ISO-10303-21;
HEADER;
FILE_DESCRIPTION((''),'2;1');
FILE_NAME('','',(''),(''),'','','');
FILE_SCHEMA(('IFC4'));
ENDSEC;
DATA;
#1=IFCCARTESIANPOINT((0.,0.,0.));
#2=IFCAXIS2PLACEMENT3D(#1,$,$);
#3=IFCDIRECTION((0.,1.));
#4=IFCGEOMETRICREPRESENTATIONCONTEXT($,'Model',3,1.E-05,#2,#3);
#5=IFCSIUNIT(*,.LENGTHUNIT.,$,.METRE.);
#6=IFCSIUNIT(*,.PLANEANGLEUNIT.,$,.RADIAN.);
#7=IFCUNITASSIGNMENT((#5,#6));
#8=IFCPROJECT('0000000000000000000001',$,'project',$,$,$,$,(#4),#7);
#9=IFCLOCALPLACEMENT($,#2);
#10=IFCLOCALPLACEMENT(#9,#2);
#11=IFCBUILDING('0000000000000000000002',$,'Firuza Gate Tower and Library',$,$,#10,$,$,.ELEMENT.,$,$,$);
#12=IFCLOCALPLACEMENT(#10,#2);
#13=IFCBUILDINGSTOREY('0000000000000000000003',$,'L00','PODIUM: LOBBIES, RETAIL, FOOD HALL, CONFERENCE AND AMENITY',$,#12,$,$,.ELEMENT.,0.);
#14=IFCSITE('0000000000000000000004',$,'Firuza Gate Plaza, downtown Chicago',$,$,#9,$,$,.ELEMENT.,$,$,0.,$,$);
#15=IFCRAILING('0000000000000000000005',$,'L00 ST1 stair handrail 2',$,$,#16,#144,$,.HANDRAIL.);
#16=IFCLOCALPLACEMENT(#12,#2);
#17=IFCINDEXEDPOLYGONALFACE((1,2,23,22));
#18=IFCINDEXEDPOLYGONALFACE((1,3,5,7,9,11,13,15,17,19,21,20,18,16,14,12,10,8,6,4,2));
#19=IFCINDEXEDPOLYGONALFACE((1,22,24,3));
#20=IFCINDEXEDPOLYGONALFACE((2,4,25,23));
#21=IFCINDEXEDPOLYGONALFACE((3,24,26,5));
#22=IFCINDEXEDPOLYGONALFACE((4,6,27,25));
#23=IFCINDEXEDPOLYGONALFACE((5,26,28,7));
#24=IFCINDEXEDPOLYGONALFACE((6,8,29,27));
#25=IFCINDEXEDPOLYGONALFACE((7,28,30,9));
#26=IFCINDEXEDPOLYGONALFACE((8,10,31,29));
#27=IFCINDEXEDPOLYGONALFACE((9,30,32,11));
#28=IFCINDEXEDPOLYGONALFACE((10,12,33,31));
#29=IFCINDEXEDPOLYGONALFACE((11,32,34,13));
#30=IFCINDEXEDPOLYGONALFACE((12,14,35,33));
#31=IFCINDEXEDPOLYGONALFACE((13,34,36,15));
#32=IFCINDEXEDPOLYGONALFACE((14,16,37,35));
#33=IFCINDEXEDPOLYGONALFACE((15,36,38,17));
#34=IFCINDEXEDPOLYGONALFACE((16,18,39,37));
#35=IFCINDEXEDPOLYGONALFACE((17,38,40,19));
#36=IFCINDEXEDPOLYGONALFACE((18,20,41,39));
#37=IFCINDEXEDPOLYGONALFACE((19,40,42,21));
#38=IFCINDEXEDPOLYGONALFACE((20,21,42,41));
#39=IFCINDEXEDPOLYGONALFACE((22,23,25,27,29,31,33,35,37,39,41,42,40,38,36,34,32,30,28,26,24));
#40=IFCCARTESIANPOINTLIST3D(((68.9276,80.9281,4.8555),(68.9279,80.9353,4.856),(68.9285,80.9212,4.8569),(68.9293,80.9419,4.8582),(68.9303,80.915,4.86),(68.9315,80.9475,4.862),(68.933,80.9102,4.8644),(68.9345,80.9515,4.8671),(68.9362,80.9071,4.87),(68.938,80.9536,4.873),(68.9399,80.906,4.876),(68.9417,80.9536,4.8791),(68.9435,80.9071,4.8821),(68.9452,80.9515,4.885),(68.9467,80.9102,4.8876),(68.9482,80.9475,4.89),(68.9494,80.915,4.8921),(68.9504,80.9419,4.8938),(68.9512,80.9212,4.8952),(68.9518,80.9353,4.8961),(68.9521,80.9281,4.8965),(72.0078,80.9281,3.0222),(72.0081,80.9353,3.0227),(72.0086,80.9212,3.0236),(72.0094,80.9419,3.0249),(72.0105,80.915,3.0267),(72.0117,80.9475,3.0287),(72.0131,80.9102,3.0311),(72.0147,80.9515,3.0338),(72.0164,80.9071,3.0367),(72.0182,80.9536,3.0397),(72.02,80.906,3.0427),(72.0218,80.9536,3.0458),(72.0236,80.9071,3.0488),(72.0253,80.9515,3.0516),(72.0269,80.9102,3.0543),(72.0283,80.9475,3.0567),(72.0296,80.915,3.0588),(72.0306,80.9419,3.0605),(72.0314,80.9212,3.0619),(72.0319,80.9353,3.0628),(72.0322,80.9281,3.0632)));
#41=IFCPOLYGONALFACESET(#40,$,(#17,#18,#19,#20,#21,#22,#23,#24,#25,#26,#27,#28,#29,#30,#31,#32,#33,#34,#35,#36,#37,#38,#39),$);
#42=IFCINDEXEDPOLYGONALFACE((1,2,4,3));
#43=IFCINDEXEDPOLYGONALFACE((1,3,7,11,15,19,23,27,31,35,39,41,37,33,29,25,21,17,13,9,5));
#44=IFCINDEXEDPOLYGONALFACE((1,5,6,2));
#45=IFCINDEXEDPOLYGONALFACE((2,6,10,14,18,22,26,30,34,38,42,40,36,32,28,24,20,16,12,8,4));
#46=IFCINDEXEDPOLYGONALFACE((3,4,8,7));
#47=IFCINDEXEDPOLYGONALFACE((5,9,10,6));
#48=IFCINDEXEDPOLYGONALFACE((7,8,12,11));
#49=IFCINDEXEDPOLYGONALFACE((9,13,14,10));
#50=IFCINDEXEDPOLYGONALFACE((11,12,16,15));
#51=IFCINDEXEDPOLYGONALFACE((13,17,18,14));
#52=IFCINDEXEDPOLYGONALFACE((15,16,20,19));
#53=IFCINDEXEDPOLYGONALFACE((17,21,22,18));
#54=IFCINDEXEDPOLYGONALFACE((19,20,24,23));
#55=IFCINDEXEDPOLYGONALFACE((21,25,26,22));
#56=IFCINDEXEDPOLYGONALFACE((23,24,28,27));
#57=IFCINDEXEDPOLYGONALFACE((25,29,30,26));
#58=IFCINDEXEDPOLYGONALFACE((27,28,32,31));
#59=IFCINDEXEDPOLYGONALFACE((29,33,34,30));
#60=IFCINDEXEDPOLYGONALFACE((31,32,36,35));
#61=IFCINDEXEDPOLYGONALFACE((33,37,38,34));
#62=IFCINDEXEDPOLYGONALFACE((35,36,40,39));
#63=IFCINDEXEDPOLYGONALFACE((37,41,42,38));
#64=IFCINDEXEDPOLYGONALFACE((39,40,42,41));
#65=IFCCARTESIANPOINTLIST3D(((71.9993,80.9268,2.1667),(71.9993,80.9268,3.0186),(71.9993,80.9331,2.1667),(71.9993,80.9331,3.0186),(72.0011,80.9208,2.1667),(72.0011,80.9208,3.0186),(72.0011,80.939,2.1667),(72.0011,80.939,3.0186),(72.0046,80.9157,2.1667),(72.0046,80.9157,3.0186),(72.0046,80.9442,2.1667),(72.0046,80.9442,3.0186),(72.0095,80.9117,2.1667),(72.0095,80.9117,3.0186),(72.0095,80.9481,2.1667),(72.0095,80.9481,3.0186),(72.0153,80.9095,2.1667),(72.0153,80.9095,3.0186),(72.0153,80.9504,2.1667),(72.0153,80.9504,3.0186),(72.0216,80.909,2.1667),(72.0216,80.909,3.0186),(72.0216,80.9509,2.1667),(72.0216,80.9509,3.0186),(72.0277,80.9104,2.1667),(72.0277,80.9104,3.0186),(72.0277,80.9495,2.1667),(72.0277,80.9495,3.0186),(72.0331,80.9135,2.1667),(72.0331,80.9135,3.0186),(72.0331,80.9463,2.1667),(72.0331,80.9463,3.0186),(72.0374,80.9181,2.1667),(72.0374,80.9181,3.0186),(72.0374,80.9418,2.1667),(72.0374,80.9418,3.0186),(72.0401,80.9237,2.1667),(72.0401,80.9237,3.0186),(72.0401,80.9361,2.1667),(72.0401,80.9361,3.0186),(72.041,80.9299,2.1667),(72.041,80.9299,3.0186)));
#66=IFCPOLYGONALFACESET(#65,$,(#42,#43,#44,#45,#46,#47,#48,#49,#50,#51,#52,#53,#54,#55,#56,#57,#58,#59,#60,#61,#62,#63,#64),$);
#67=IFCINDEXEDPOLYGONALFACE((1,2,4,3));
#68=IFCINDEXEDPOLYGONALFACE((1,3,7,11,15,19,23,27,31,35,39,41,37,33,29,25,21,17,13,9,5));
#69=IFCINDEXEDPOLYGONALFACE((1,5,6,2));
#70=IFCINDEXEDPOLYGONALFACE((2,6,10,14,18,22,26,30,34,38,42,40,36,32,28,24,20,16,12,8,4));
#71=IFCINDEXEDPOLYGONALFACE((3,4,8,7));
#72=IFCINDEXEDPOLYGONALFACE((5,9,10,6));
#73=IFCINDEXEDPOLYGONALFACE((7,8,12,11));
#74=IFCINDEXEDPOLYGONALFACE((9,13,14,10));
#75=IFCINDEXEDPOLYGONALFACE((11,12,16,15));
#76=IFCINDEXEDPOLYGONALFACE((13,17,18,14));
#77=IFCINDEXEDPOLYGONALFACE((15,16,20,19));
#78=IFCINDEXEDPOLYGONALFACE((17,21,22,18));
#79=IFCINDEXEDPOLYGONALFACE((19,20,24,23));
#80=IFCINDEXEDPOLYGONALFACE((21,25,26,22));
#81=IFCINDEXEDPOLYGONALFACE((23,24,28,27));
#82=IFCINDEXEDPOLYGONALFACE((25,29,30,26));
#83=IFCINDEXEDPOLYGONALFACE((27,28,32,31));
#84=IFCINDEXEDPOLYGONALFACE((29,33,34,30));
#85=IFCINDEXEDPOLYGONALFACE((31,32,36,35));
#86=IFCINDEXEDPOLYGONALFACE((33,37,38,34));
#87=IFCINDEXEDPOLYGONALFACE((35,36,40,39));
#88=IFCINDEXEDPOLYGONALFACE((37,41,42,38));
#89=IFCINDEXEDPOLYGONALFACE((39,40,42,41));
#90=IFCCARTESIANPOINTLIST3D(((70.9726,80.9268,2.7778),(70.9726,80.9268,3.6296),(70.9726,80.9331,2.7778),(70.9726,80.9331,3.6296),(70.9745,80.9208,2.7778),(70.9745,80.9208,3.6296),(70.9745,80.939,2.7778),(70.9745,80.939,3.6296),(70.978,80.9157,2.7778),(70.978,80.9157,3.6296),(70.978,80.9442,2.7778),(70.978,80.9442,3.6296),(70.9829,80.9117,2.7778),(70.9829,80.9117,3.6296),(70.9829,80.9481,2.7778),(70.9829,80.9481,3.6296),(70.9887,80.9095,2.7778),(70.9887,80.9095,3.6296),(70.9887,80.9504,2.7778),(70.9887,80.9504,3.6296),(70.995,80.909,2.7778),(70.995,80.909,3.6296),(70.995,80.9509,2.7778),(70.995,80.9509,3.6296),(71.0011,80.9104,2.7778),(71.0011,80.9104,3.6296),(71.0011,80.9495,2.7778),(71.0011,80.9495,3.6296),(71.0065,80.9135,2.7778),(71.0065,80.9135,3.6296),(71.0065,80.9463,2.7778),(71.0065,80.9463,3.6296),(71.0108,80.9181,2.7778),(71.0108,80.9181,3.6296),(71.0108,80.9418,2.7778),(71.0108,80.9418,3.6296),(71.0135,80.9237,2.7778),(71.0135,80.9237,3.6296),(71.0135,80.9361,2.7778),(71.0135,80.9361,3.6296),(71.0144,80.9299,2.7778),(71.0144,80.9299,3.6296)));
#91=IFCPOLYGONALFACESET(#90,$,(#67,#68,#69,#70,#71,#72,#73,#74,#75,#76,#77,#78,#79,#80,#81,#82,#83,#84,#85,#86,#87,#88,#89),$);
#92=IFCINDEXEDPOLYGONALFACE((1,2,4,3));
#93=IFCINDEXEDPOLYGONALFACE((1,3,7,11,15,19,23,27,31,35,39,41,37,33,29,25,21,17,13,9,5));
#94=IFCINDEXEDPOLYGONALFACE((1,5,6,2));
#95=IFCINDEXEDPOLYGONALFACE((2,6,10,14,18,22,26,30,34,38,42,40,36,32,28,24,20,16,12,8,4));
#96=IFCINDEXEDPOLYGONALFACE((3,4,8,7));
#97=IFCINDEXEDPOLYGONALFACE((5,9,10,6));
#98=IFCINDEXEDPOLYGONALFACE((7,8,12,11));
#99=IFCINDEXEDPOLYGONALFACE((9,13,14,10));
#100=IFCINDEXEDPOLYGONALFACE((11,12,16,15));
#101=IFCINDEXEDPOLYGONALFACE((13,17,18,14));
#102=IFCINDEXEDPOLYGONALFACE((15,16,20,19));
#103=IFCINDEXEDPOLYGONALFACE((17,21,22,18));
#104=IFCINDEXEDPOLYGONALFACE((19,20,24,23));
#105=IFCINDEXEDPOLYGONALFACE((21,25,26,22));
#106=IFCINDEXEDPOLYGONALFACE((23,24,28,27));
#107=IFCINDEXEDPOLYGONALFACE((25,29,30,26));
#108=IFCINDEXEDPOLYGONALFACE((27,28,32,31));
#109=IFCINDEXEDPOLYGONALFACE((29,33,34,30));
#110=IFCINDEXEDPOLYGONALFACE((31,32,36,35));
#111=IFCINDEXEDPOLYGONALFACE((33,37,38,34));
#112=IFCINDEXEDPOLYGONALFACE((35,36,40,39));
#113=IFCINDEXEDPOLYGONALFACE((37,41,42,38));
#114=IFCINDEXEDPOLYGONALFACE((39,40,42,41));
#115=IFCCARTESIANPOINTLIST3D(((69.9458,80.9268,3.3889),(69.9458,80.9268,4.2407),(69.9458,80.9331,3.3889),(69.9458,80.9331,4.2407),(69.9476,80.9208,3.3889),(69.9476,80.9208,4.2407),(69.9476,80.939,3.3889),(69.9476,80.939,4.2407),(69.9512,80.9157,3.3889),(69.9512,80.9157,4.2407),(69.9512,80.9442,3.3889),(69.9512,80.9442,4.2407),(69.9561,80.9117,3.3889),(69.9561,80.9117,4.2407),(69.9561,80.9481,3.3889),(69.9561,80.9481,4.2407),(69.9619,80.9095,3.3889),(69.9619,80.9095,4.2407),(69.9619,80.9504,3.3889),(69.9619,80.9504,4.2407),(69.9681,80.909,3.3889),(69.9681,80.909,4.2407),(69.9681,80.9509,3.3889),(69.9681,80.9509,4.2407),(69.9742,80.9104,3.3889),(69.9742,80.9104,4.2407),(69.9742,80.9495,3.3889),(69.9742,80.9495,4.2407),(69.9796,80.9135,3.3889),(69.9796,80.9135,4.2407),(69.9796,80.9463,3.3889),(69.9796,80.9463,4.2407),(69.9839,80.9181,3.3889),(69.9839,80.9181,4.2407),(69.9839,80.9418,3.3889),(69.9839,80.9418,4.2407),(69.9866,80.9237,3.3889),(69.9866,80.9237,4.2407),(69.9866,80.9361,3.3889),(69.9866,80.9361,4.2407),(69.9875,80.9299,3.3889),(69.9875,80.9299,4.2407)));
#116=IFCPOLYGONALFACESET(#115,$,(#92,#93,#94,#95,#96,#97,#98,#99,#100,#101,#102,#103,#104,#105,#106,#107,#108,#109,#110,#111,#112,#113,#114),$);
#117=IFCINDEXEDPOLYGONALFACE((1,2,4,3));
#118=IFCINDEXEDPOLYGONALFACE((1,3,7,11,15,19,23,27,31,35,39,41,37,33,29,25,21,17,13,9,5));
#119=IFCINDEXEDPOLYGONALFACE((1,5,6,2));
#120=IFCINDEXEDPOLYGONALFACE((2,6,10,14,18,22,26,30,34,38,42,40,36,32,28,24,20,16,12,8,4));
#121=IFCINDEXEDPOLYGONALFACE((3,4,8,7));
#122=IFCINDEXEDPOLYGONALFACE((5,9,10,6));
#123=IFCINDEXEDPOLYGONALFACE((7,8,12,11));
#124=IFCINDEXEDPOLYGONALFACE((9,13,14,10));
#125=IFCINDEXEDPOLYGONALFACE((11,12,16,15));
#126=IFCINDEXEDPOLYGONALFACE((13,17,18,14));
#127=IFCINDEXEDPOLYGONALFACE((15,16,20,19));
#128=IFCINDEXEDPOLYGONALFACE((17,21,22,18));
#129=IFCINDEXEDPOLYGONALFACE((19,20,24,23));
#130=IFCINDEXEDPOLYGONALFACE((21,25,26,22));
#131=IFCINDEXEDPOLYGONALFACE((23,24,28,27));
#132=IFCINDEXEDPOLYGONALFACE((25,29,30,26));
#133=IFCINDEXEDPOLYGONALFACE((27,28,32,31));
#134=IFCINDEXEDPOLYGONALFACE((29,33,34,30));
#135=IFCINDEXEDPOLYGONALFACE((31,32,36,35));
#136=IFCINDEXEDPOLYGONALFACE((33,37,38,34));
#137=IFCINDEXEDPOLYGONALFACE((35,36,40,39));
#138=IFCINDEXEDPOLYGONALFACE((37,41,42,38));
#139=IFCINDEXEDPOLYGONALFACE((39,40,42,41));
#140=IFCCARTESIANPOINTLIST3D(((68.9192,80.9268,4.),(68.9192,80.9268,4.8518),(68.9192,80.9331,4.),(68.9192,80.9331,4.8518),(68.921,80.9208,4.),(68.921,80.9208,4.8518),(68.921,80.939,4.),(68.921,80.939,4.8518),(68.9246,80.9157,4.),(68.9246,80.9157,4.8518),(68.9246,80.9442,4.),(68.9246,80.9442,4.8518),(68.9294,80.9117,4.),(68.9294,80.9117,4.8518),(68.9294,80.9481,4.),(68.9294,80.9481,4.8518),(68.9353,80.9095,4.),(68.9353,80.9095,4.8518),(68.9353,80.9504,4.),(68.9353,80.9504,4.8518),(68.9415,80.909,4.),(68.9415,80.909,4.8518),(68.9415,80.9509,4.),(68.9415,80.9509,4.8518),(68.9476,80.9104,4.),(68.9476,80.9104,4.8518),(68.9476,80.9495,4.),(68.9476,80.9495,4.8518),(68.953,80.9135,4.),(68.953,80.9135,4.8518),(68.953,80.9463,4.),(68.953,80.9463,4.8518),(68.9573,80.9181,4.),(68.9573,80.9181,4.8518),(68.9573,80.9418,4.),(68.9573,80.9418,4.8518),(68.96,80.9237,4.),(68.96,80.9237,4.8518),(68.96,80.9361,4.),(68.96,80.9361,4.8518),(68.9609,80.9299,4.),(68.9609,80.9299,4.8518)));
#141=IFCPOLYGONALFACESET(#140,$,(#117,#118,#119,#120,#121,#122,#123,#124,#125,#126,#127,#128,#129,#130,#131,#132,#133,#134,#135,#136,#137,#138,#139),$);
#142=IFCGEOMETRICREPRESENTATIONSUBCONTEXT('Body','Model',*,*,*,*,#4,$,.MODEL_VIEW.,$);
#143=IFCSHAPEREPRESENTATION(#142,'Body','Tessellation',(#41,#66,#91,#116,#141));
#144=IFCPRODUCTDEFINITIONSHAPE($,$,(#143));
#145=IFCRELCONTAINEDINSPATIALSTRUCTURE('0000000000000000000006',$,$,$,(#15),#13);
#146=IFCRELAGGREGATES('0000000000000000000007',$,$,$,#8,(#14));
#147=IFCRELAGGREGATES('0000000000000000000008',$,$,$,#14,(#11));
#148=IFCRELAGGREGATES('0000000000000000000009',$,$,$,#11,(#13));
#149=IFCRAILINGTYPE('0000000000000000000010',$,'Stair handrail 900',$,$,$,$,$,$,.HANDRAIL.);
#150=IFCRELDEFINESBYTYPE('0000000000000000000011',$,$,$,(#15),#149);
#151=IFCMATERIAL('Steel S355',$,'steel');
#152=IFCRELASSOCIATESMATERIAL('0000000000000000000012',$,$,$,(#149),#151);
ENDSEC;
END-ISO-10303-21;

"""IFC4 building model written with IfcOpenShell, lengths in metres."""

from ifc_helpers import new_model, si_unit, direction, frame, origin, origin_2d, place, context, subcontext, project, spatial, circle, extrude, material, type_object, element, save


model = new_model("IFC4")

# Units and contexts
model_context = context("Model", 3, precision=1e-05, world=origin(), true_north=direction((0.0, 1.0)))
body_context = subcontext(model_context, "Body", "Model", "MODEL_VIEW")
ifc_project = project(units=[si_unit("LENGTHUNIT", "METRE"), si_unit("PLANEANGLEUNIT", "RADIAN")], contexts=[model_context])

# Site, building, storey
site_placement = place(None, origin())
site = spatial("IfcSite", under=ifc_project, at=site_placement, Name="Firuza Gate Plaza, downtown Chicago", CompositionType="ELEMENT", RefElevation=0.0)
building_placement = place(site_placement, origin())
building = spatial("IfcBuilding", under=site, at=building_placement, Name="Firuza Gate Tower and Library", CompositionType="ELEMENT")
storey_placement = place(building_placement, origin())
storey = spatial("IfcBuildingStorey", under=building, at=storey_placement, Name="L00", Description="PODIUM: LOBBIES, RETAIL, FOOD HALL, CONFERENCE AND AMENITY", CompositionType="ELEMENT", Elevation=0.0)

# Railing
ifc_material_1 = material(Name="Steel S355", Category="steel")
railing_type_1 = type_object("IfcRailingType", Name="Stair handrail 900", PredefinedType="HANDRAIL", material=ifc_material_1)
railing_1_placement = place(storey_placement, frame((72.02, 80.9299, 2.1667)))
element("IfcRailing", 1, at=railing_1_placement, inside=storey, type_object=railing_type_1, Name="L00 ST1 stair handrail 2", PredefinedType="HANDRAIL", context=body_context, shape_type="SweptSolid", body=[
    extrude(circle(Radius=0.0239, at=origin_2d()), frame((0.0, 0.0, 0.876), z_axis=(-0.859309, 0.0, 0.511458), x_axis=(0.0, -1.0, 0.0)), (0.0, 0.0, 1.0), 3.5845),
    extrude(circle(Radius=0.021, at=origin_2d()), origin(), (0.0, 0.0, 1.0), 0.8518),
    extrude(circle(Radius=0.021, at=origin_2d()), frame((-1.0266, 0.0, 0.6111)), (0.0, 0.0, 1.0), 0.8518),
    extrude(circle(Radius=0.021, at=origin_2d()), frame((-2.0535, 0.0, 1.2222)), (0.0, 0.0, 1.0), 0.8518),
    extrude(circle(Radius=0.021, at=origin_2d()), frame((-3.0801, 0.0, 1.8333)), (0.0, 0.0, 1.0), 0.8518),
])

save(model, "model.ifc")
